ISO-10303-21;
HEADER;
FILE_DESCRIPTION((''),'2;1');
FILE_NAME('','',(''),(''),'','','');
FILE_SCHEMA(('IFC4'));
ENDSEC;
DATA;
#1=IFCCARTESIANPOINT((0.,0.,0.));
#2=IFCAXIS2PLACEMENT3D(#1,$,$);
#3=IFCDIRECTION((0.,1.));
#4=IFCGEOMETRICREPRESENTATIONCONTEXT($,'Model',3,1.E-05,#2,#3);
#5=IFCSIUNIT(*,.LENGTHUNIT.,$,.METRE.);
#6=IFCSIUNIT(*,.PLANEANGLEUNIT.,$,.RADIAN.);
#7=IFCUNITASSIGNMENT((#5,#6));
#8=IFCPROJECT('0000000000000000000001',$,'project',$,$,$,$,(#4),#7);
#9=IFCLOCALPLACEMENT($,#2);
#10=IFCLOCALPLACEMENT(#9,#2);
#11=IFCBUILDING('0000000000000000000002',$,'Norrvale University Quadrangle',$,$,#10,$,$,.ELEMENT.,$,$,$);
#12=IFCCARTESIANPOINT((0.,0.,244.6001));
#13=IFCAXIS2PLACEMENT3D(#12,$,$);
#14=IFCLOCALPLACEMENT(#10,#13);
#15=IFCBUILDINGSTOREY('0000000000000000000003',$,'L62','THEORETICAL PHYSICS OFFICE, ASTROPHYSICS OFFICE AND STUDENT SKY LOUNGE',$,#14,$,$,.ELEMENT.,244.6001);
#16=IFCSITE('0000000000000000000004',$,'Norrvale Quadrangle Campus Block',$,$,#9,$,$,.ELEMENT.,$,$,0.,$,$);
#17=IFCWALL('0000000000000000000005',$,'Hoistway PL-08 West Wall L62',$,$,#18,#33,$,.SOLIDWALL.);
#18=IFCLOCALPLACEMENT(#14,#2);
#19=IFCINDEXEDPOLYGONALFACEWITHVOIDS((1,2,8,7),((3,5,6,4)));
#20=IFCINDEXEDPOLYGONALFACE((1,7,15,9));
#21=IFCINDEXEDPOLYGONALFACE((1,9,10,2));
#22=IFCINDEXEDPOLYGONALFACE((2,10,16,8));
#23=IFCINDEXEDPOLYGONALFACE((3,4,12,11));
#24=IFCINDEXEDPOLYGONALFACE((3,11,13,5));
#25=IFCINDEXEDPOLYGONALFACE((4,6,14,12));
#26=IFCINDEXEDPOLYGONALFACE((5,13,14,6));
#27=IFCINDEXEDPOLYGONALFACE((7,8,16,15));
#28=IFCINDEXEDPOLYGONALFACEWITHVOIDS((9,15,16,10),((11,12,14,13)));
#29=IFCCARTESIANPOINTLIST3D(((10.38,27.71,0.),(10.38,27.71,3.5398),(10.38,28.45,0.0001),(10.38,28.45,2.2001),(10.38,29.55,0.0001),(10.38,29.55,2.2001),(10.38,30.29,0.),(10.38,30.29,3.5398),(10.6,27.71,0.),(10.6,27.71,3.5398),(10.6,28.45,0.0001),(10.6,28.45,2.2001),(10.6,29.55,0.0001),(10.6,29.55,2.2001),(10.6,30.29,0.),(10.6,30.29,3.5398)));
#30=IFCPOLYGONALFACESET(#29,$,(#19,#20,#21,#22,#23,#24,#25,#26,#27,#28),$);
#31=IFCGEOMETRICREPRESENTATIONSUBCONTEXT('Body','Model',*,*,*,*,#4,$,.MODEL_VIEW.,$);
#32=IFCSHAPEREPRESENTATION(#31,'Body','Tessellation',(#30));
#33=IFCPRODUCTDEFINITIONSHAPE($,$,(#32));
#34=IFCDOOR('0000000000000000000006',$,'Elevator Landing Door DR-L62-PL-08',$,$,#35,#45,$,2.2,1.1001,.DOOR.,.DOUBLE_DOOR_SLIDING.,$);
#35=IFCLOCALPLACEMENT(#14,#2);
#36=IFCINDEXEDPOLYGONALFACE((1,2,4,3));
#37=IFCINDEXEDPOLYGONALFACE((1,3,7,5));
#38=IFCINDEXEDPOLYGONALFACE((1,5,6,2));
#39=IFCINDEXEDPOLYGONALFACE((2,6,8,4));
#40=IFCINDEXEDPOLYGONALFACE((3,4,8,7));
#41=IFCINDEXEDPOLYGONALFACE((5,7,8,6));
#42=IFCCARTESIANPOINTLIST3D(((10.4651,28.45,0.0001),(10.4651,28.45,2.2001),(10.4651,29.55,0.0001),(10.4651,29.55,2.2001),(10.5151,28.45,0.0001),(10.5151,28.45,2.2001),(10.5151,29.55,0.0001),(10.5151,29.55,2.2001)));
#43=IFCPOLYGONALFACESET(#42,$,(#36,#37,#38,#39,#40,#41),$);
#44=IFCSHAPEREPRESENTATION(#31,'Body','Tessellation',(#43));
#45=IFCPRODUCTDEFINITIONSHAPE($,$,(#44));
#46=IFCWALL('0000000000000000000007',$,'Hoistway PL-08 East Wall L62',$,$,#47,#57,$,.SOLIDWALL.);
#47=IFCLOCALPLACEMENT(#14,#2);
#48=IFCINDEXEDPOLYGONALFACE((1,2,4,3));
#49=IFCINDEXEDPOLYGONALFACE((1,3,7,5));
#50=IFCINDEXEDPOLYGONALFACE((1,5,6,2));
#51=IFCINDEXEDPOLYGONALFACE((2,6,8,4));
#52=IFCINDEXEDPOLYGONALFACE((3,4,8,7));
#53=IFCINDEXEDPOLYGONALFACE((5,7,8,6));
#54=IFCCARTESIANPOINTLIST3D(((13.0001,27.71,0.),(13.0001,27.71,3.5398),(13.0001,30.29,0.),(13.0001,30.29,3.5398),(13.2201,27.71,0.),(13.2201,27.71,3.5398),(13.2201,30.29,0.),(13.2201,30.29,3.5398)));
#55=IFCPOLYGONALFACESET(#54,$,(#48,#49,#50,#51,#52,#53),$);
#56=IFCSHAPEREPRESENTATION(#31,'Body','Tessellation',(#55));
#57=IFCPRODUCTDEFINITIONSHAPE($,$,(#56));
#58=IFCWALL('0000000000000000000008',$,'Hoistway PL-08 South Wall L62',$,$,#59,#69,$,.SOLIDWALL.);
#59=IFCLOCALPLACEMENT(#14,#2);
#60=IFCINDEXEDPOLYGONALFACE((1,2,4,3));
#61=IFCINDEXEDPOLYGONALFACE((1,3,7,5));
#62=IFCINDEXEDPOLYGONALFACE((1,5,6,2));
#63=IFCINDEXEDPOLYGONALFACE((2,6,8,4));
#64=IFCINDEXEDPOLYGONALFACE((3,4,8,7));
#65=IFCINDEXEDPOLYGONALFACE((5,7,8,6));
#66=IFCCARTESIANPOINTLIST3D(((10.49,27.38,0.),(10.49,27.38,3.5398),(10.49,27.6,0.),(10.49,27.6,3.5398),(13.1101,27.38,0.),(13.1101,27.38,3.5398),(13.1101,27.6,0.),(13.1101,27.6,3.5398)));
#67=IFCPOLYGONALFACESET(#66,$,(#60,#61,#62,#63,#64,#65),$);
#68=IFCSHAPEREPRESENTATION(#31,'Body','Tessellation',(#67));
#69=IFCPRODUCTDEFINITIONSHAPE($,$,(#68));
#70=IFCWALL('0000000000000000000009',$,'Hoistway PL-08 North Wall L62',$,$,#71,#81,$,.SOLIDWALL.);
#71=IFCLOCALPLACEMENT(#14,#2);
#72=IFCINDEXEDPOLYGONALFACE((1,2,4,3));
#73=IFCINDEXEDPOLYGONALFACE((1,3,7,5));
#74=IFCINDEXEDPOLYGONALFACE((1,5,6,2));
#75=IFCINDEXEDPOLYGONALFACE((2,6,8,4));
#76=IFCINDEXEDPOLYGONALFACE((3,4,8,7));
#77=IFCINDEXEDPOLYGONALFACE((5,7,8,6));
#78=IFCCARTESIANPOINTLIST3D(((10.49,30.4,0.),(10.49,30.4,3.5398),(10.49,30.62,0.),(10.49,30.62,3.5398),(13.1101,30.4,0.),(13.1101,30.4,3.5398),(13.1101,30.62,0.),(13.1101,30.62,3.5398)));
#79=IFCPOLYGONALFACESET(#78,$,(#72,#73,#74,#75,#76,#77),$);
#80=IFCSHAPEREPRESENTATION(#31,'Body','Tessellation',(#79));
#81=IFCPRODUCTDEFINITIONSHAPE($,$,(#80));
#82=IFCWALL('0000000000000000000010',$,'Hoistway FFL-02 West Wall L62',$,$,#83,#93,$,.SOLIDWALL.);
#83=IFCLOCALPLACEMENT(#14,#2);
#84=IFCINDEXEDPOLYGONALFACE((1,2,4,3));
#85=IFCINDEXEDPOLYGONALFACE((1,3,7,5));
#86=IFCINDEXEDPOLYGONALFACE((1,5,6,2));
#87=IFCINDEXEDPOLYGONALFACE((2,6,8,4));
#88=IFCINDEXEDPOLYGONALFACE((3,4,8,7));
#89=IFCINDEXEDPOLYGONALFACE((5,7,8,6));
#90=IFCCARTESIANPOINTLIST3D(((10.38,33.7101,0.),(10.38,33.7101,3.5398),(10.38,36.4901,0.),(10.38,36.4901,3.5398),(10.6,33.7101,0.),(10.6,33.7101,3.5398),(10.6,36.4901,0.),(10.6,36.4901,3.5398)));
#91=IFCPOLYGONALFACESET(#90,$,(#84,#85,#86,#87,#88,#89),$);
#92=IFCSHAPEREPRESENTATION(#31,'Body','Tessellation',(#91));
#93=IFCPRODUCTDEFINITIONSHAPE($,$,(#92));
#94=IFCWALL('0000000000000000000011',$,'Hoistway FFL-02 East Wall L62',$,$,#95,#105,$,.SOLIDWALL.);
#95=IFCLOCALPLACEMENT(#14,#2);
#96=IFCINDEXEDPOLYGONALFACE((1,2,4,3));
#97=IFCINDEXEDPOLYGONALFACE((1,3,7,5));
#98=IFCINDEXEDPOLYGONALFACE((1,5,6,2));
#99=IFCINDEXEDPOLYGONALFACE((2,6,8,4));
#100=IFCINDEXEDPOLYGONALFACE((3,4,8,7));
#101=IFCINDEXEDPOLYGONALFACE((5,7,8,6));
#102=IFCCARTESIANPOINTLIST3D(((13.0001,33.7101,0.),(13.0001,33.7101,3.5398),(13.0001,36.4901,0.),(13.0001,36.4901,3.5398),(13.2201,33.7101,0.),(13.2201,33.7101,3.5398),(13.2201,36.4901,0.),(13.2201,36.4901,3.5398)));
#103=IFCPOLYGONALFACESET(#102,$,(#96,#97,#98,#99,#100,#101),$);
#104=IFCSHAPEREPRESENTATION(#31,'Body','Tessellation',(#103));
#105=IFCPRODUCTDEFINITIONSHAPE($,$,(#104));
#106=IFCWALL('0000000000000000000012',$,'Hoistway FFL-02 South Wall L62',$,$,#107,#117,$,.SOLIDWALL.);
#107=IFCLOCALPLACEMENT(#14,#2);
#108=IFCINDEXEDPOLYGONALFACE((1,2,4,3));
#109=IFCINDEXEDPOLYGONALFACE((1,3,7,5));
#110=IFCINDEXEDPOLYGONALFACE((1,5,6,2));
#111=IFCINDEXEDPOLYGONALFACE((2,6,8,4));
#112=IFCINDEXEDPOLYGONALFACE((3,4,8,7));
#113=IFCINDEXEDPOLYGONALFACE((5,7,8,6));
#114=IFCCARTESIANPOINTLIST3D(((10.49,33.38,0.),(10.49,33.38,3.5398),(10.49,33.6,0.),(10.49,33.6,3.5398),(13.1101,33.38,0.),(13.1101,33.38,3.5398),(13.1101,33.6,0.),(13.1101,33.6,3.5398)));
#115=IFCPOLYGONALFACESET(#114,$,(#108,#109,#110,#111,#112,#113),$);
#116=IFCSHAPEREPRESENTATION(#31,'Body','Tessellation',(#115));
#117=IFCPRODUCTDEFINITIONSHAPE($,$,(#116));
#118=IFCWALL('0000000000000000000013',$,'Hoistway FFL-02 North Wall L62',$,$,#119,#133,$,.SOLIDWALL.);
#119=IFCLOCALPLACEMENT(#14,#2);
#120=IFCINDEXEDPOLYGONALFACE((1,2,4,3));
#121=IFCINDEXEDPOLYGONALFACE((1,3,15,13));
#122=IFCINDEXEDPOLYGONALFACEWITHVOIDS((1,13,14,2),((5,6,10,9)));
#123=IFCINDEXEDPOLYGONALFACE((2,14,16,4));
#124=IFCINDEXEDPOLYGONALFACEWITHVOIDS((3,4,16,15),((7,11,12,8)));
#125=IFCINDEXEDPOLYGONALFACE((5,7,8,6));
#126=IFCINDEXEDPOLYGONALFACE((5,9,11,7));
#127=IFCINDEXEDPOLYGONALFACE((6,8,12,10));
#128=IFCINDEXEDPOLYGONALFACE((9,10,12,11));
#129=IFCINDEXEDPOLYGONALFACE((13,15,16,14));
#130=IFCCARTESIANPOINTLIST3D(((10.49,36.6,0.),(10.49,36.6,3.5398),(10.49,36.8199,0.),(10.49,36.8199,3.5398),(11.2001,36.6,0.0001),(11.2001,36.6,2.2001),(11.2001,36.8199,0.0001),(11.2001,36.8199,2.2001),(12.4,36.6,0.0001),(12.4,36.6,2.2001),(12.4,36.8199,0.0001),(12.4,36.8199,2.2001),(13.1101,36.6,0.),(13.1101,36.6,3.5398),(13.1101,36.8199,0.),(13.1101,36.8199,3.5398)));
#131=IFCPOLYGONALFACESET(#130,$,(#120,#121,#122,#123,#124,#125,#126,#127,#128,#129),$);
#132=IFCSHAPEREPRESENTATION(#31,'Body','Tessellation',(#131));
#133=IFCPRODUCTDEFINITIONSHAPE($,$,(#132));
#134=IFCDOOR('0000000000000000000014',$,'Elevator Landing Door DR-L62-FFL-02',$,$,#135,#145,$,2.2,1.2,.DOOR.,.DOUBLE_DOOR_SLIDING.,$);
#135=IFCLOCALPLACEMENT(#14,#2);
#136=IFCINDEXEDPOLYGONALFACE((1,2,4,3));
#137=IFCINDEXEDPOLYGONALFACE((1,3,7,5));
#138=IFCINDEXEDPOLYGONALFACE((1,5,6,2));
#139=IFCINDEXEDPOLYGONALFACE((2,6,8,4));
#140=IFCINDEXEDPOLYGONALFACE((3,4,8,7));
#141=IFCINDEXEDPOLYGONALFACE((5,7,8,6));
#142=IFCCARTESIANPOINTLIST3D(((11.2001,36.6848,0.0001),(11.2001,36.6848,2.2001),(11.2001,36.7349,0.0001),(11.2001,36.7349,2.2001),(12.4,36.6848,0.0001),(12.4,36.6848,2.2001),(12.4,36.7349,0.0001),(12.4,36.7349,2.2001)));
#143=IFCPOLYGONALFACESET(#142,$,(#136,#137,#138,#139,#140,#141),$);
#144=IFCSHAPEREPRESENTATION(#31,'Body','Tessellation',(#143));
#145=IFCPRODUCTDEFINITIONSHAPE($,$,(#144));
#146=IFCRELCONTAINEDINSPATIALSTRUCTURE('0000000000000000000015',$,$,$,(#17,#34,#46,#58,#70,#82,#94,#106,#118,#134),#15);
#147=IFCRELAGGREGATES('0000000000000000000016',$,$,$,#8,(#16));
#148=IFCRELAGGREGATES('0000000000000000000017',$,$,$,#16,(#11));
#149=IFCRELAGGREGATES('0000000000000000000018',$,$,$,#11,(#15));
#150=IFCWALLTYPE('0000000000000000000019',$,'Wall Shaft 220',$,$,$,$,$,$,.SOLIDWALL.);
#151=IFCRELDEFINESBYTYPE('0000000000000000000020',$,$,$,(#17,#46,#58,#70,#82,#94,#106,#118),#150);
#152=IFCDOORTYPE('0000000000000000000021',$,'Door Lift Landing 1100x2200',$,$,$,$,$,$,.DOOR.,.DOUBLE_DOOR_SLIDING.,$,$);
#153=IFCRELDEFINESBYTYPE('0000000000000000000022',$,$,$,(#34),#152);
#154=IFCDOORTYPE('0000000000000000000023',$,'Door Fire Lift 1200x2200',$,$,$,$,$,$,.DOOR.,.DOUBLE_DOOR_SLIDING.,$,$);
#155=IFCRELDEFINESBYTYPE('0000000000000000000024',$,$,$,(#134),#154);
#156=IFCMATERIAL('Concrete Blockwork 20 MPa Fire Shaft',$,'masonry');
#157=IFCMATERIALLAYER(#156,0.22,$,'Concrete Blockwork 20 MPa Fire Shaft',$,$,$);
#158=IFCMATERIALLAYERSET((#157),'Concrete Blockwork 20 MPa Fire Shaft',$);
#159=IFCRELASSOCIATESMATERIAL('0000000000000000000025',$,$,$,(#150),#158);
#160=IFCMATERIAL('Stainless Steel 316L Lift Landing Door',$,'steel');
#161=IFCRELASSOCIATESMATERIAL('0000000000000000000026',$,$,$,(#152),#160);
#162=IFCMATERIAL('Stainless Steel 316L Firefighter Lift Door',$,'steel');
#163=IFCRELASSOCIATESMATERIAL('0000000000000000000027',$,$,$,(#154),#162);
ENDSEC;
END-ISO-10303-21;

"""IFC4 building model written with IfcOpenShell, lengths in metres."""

from ifc_helpers import new_model, si_unit, direction, frame, frame_2d, origin, place, context, subcontext, project, spatial, rectangle, extrude, material, layer, layer_set, type_object, element, fill, save


model = new_model("IFC4")

# Units and contexts
model_context = context("Model", 3, precision=1e-05, world=origin(), true_north=direction((0.0, 1.0)))
body_context = subcontext(model_context, "Body", "Model", "MODEL_VIEW")
ifc_project = project(units=[si_unit("LENGTHUNIT", "METRE"), si_unit("PLANEANGLEUNIT", "RADIAN")], contexts=[model_context])

# Site, building, storey
site_placement = place(None, origin())
site = spatial("IfcSite", under=ifc_project, at=site_placement, Name="Norrvale Quadrangle Campus Block", CompositionType="ELEMENT", RefElevation=0.0)
building_placement = place(site_placement, origin())
building = spatial("IfcBuilding", under=site, at=building_placement, Name="Norrvale University Quadrangle", CompositionType="ELEMENT")
storey_placement = place(building_placement, frame((0.0, 0.0, 244.6001)))
storey = spatial("IfcBuildingStorey", under=building, at=storey_placement, Name="L62", Description="THEORETICAL PHYSICS OFFICE, ASTROPHYSICS OFFICE AND STUDENT SKY LOUNGE", CompositionType="ELEMENT", Elevation=244.6001)

# Shared definitions
ifc_material_1 = material(Name="Concrete Blockwork 20 MPa Fire Shaft", Category="masonry")
ifc_layer_1 = layer(ifc_material_1, 0.22, Name="Concrete Blockwork 20 MPa Fire Shaft")
ifc_layer_set_1 = layer_set([ifc_layer_1], Name="Concrete Blockwork 20 MPa Fire Shaft")
wall_type_1 = type_object("IfcWallType", Name="Wall Shaft 220", PredefinedType="SOLIDWALL", material=ifc_layer_set_1)

# Wall, opening, door
wall_1_placement = place(storey_placement, frame((10.49, 27.71, 0.0), z_axis=(0.0, 0.0, 1.0), x_axis=(0.0, 1.0, 0.0)))
wall_1 = element("IfcWall", 1, at=wall_1_placement, inside=storey, type_object=wall_type_1, Name="Hoistway PL-08 West Wall L62", PredefinedType="SOLIDWALL", context=body_context, shape_type="SweptSolid", body=[
    extrude(rectangle(XDim=2.5801, YDim=0.22, at=frame_2d((1.29, 0.0))), origin(), (0.0, 0.0, 1.0), 3.5398),
])
opening_1_placement = place(wall_1_placement, frame((0.74, 0.0, 0.0)))
opening_1 = element("IfcOpeningElement", 2, at=opening_1_placement, cuts=wall_1, PredefinedType="OPENING", context=body_context, shape_type="SweptSolid", body=[
    extrude(rectangle(XDim=1.1001, YDim=2.2, at=frame_2d((0.55, 1.1001))), frame((0.0, 0.1221, 0.0), z_axis=(0.0, -1.0, 0.0), x_axis=(1.0, 0.0, 0.0)), (0.0, 0.0, 1.0), 0.2439),
])
ifc_material_2 = material(Name="Stainless Steel 316L Lift Landing Door", Category="steel")
door_type_1 = type_object("IfcDoorType", Name="Door Lift Landing 1100x2200", OperationType="DOUBLE_DOOR_SLIDING", PredefinedType="DOOR", material=ifc_material_2)
door_1_placement = place(opening_1_placement, origin())
door_1 = element("IfcDoor", 3, at=door_1_placement, inside=storey, type_object=door_type_1, Name="Elevator Landing Door DR-L62-PL-08", OperationType="DOUBLE_DOOR_SLIDING", OverallHeight=2.2, OverallWidth=1.1001, PredefinedType="DOOR", context=body_context, shape_type="SweptSolid", body=[
    extrude(rectangle(XDim=1.1001, YDim=2.2, at=frame_2d((0.55, 1.1001))), frame((0.0, 0.0249, 0.0), z_axis=(0.0, -1.0, 0.0), x_axis=(1.0, 0.0, 0.0)), (0.0, 0.0, 1.0), 0.05),
])
fill(opening_1, door_1)

# Walls
wall_2_placement = place(storey_placement, frame((13.1101, 27.71, 0.0), z_axis=(0.0, 0.0, 1.0), x_axis=(0.0, 1.0, 0.0)))
element("IfcWall", 4, at=wall_2_placement, inside=storey, type_object=wall_type_1, Name="Hoistway PL-08 East Wall L62", PredefinedType="SOLIDWALL", context=body_context, shape_type="SweptSolid", body=[
    extrude(rectangle(XDim=2.5801, YDim=0.22, at=frame_2d((1.29, 0.0))), origin(), (0.0, 0.0, 1.0), 3.5398),
])
for number, where, z_axis, x_axis, name in (
    (5, (10.49, 27.49, 0.0), (0.0, 0.0, 1.0), (1.0, 0.0, 0.0), "Hoistway PL-08 South Wall L62"),
    (6, (10.49, 30.51, 0.0), (0.0, 0.0, 1.0), (1.0, 0.0, 0.0), "Hoistway PL-08 North Wall L62"),
):
    element("IfcWall", number, at=place(storey_placement, frame(where, z_axis=z_axis, x_axis=x_axis)), inside=storey, type_object=wall_type_1, Name=name, PredefinedType="SOLIDWALL", context=body_context, shape_type="SweptSolid", body=[
        extrude(rectangle(XDim=2.6201, YDim=0.22, at=frame_2d((1.3101, 0.0))), origin(), (0.0, 0.0, 1.0), 3.5398),
    ])
for number, where, z_axis, x_axis, name in (
    (7, (10.49, 33.71, 0.0), (0.0, 0.0, 1.0), (0.0, 1.0, 0.0), "Hoistway FFL-02 West Wall L62"),
    (8, (13.1101, 33.71, 0.0), (0.0, 0.0, 1.0), (0.0, 1.0, 0.0), "Hoistway FFL-02 East Wall L62"),
):
    element("IfcWall", number, at=place(storey_placement, frame(where, z_axis=z_axis, x_axis=x_axis)), inside=storey, type_object=wall_type_1, Name=name, PredefinedType="SOLIDWALL", context=body_context, shape_type="SweptSolid", body=[
        extrude(rectangle(XDim=2.78, YDim=0.22, at=frame_2d((1.3901, 0.0))), origin(), (0.0, 0.0, 1.0), 3.5398),
    ])
wall_3_placement = place(storey_placement, frame((10.49, 33.49, 0.0), z_axis=(0.0, 0.0, 1.0), x_axis=(1.0, 0.0, 0.0)))
element("IfcWall", 9, at=wall_3_placement, inside=storey, type_object=wall_type_1, Name="Hoistway FFL-02 South Wall L62", PredefinedType="SOLIDWALL", context=body_context, shape_type="SweptSolid", body=[
    extrude(rectangle(XDim=2.6201, YDim=0.22, at=frame_2d((1.3101, 0.0))), origin(), (0.0, 0.0, 1.0), 3.5398),
])

# Wall, opening, door
wall_4_placement = place(storey_placement, frame((10.49, 36.71, 0.0), z_axis=(0.0, 0.0, 1.0), x_axis=(1.0, 0.0, 0.0)))
wall_4 = element("IfcWall", 10, at=wall_4_placement, inside=storey, type_object=wall_type_1, Name="Hoistway FFL-02 North Wall L62", PredefinedType="SOLIDWALL", context=body_context, shape_type="SweptSolid", body=[
    extrude(rectangle(XDim=2.6201, YDim=0.22, at=frame_2d((1.3101, 0.0))), origin(), (0.0, 0.0, 1.0), 3.5398),
])
opening_2_placement = place(wall_4_placement, frame((0.71, 0.0, 0.0)))
opening_2 = element("IfcOpeningElement", 11, at=opening_2_placement, cuts=wall_4, PredefinedType="OPENING", context=body_context, shape_type="SweptSolid", body=[
    extrude(rectangle(XDim=1.2, YDim=2.2, at=frame_2d((0.6001, 1.1001))), frame((0.0, 0.1221, 0.0), z_axis=(0.0, -1.0, 0.0), x_axis=(1.0, 0.0, 0.0)), (0.0, 0.0, 1.0), 0.2439),
])
ifc_material_3 = material(Name="Stainless Steel 316L Firefighter Lift Door", Category="steel")
door_type_2 = type_object("IfcDoorType", Name="Door Fire Lift 1200x2200", OperationType="DOUBLE_DOOR_SLIDING", PredefinedType="DOOR", material=ifc_material_3)
door_2_placement = place(opening_2_placement, origin())
door_2 = element("IfcDoor", 12, at=door_2_placement, inside=storey, type_object=door_type_2, Name="Elevator Landing Door DR-L62-FFL-02", OperationType="DOUBLE_DOOR_SLIDING", OverallHeight=2.2, OverallWidth=1.2, PredefinedType="DOOR", context=body_context, shape_type="SweptSolid", body=[
    extrude(rectangle(XDim=1.2, YDim=2.2, at=frame_2d((0.6001, 1.1001))), frame((0.0, 0.0249, 0.0), z_axis=(0.0, -1.0, 0.0), x_axis=(1.0, 0.0, 0.0)), (0.0, 0.0, 1.0), 0.05),
])
fill(opening_2, door_2)

save(model, "model.ifc")
